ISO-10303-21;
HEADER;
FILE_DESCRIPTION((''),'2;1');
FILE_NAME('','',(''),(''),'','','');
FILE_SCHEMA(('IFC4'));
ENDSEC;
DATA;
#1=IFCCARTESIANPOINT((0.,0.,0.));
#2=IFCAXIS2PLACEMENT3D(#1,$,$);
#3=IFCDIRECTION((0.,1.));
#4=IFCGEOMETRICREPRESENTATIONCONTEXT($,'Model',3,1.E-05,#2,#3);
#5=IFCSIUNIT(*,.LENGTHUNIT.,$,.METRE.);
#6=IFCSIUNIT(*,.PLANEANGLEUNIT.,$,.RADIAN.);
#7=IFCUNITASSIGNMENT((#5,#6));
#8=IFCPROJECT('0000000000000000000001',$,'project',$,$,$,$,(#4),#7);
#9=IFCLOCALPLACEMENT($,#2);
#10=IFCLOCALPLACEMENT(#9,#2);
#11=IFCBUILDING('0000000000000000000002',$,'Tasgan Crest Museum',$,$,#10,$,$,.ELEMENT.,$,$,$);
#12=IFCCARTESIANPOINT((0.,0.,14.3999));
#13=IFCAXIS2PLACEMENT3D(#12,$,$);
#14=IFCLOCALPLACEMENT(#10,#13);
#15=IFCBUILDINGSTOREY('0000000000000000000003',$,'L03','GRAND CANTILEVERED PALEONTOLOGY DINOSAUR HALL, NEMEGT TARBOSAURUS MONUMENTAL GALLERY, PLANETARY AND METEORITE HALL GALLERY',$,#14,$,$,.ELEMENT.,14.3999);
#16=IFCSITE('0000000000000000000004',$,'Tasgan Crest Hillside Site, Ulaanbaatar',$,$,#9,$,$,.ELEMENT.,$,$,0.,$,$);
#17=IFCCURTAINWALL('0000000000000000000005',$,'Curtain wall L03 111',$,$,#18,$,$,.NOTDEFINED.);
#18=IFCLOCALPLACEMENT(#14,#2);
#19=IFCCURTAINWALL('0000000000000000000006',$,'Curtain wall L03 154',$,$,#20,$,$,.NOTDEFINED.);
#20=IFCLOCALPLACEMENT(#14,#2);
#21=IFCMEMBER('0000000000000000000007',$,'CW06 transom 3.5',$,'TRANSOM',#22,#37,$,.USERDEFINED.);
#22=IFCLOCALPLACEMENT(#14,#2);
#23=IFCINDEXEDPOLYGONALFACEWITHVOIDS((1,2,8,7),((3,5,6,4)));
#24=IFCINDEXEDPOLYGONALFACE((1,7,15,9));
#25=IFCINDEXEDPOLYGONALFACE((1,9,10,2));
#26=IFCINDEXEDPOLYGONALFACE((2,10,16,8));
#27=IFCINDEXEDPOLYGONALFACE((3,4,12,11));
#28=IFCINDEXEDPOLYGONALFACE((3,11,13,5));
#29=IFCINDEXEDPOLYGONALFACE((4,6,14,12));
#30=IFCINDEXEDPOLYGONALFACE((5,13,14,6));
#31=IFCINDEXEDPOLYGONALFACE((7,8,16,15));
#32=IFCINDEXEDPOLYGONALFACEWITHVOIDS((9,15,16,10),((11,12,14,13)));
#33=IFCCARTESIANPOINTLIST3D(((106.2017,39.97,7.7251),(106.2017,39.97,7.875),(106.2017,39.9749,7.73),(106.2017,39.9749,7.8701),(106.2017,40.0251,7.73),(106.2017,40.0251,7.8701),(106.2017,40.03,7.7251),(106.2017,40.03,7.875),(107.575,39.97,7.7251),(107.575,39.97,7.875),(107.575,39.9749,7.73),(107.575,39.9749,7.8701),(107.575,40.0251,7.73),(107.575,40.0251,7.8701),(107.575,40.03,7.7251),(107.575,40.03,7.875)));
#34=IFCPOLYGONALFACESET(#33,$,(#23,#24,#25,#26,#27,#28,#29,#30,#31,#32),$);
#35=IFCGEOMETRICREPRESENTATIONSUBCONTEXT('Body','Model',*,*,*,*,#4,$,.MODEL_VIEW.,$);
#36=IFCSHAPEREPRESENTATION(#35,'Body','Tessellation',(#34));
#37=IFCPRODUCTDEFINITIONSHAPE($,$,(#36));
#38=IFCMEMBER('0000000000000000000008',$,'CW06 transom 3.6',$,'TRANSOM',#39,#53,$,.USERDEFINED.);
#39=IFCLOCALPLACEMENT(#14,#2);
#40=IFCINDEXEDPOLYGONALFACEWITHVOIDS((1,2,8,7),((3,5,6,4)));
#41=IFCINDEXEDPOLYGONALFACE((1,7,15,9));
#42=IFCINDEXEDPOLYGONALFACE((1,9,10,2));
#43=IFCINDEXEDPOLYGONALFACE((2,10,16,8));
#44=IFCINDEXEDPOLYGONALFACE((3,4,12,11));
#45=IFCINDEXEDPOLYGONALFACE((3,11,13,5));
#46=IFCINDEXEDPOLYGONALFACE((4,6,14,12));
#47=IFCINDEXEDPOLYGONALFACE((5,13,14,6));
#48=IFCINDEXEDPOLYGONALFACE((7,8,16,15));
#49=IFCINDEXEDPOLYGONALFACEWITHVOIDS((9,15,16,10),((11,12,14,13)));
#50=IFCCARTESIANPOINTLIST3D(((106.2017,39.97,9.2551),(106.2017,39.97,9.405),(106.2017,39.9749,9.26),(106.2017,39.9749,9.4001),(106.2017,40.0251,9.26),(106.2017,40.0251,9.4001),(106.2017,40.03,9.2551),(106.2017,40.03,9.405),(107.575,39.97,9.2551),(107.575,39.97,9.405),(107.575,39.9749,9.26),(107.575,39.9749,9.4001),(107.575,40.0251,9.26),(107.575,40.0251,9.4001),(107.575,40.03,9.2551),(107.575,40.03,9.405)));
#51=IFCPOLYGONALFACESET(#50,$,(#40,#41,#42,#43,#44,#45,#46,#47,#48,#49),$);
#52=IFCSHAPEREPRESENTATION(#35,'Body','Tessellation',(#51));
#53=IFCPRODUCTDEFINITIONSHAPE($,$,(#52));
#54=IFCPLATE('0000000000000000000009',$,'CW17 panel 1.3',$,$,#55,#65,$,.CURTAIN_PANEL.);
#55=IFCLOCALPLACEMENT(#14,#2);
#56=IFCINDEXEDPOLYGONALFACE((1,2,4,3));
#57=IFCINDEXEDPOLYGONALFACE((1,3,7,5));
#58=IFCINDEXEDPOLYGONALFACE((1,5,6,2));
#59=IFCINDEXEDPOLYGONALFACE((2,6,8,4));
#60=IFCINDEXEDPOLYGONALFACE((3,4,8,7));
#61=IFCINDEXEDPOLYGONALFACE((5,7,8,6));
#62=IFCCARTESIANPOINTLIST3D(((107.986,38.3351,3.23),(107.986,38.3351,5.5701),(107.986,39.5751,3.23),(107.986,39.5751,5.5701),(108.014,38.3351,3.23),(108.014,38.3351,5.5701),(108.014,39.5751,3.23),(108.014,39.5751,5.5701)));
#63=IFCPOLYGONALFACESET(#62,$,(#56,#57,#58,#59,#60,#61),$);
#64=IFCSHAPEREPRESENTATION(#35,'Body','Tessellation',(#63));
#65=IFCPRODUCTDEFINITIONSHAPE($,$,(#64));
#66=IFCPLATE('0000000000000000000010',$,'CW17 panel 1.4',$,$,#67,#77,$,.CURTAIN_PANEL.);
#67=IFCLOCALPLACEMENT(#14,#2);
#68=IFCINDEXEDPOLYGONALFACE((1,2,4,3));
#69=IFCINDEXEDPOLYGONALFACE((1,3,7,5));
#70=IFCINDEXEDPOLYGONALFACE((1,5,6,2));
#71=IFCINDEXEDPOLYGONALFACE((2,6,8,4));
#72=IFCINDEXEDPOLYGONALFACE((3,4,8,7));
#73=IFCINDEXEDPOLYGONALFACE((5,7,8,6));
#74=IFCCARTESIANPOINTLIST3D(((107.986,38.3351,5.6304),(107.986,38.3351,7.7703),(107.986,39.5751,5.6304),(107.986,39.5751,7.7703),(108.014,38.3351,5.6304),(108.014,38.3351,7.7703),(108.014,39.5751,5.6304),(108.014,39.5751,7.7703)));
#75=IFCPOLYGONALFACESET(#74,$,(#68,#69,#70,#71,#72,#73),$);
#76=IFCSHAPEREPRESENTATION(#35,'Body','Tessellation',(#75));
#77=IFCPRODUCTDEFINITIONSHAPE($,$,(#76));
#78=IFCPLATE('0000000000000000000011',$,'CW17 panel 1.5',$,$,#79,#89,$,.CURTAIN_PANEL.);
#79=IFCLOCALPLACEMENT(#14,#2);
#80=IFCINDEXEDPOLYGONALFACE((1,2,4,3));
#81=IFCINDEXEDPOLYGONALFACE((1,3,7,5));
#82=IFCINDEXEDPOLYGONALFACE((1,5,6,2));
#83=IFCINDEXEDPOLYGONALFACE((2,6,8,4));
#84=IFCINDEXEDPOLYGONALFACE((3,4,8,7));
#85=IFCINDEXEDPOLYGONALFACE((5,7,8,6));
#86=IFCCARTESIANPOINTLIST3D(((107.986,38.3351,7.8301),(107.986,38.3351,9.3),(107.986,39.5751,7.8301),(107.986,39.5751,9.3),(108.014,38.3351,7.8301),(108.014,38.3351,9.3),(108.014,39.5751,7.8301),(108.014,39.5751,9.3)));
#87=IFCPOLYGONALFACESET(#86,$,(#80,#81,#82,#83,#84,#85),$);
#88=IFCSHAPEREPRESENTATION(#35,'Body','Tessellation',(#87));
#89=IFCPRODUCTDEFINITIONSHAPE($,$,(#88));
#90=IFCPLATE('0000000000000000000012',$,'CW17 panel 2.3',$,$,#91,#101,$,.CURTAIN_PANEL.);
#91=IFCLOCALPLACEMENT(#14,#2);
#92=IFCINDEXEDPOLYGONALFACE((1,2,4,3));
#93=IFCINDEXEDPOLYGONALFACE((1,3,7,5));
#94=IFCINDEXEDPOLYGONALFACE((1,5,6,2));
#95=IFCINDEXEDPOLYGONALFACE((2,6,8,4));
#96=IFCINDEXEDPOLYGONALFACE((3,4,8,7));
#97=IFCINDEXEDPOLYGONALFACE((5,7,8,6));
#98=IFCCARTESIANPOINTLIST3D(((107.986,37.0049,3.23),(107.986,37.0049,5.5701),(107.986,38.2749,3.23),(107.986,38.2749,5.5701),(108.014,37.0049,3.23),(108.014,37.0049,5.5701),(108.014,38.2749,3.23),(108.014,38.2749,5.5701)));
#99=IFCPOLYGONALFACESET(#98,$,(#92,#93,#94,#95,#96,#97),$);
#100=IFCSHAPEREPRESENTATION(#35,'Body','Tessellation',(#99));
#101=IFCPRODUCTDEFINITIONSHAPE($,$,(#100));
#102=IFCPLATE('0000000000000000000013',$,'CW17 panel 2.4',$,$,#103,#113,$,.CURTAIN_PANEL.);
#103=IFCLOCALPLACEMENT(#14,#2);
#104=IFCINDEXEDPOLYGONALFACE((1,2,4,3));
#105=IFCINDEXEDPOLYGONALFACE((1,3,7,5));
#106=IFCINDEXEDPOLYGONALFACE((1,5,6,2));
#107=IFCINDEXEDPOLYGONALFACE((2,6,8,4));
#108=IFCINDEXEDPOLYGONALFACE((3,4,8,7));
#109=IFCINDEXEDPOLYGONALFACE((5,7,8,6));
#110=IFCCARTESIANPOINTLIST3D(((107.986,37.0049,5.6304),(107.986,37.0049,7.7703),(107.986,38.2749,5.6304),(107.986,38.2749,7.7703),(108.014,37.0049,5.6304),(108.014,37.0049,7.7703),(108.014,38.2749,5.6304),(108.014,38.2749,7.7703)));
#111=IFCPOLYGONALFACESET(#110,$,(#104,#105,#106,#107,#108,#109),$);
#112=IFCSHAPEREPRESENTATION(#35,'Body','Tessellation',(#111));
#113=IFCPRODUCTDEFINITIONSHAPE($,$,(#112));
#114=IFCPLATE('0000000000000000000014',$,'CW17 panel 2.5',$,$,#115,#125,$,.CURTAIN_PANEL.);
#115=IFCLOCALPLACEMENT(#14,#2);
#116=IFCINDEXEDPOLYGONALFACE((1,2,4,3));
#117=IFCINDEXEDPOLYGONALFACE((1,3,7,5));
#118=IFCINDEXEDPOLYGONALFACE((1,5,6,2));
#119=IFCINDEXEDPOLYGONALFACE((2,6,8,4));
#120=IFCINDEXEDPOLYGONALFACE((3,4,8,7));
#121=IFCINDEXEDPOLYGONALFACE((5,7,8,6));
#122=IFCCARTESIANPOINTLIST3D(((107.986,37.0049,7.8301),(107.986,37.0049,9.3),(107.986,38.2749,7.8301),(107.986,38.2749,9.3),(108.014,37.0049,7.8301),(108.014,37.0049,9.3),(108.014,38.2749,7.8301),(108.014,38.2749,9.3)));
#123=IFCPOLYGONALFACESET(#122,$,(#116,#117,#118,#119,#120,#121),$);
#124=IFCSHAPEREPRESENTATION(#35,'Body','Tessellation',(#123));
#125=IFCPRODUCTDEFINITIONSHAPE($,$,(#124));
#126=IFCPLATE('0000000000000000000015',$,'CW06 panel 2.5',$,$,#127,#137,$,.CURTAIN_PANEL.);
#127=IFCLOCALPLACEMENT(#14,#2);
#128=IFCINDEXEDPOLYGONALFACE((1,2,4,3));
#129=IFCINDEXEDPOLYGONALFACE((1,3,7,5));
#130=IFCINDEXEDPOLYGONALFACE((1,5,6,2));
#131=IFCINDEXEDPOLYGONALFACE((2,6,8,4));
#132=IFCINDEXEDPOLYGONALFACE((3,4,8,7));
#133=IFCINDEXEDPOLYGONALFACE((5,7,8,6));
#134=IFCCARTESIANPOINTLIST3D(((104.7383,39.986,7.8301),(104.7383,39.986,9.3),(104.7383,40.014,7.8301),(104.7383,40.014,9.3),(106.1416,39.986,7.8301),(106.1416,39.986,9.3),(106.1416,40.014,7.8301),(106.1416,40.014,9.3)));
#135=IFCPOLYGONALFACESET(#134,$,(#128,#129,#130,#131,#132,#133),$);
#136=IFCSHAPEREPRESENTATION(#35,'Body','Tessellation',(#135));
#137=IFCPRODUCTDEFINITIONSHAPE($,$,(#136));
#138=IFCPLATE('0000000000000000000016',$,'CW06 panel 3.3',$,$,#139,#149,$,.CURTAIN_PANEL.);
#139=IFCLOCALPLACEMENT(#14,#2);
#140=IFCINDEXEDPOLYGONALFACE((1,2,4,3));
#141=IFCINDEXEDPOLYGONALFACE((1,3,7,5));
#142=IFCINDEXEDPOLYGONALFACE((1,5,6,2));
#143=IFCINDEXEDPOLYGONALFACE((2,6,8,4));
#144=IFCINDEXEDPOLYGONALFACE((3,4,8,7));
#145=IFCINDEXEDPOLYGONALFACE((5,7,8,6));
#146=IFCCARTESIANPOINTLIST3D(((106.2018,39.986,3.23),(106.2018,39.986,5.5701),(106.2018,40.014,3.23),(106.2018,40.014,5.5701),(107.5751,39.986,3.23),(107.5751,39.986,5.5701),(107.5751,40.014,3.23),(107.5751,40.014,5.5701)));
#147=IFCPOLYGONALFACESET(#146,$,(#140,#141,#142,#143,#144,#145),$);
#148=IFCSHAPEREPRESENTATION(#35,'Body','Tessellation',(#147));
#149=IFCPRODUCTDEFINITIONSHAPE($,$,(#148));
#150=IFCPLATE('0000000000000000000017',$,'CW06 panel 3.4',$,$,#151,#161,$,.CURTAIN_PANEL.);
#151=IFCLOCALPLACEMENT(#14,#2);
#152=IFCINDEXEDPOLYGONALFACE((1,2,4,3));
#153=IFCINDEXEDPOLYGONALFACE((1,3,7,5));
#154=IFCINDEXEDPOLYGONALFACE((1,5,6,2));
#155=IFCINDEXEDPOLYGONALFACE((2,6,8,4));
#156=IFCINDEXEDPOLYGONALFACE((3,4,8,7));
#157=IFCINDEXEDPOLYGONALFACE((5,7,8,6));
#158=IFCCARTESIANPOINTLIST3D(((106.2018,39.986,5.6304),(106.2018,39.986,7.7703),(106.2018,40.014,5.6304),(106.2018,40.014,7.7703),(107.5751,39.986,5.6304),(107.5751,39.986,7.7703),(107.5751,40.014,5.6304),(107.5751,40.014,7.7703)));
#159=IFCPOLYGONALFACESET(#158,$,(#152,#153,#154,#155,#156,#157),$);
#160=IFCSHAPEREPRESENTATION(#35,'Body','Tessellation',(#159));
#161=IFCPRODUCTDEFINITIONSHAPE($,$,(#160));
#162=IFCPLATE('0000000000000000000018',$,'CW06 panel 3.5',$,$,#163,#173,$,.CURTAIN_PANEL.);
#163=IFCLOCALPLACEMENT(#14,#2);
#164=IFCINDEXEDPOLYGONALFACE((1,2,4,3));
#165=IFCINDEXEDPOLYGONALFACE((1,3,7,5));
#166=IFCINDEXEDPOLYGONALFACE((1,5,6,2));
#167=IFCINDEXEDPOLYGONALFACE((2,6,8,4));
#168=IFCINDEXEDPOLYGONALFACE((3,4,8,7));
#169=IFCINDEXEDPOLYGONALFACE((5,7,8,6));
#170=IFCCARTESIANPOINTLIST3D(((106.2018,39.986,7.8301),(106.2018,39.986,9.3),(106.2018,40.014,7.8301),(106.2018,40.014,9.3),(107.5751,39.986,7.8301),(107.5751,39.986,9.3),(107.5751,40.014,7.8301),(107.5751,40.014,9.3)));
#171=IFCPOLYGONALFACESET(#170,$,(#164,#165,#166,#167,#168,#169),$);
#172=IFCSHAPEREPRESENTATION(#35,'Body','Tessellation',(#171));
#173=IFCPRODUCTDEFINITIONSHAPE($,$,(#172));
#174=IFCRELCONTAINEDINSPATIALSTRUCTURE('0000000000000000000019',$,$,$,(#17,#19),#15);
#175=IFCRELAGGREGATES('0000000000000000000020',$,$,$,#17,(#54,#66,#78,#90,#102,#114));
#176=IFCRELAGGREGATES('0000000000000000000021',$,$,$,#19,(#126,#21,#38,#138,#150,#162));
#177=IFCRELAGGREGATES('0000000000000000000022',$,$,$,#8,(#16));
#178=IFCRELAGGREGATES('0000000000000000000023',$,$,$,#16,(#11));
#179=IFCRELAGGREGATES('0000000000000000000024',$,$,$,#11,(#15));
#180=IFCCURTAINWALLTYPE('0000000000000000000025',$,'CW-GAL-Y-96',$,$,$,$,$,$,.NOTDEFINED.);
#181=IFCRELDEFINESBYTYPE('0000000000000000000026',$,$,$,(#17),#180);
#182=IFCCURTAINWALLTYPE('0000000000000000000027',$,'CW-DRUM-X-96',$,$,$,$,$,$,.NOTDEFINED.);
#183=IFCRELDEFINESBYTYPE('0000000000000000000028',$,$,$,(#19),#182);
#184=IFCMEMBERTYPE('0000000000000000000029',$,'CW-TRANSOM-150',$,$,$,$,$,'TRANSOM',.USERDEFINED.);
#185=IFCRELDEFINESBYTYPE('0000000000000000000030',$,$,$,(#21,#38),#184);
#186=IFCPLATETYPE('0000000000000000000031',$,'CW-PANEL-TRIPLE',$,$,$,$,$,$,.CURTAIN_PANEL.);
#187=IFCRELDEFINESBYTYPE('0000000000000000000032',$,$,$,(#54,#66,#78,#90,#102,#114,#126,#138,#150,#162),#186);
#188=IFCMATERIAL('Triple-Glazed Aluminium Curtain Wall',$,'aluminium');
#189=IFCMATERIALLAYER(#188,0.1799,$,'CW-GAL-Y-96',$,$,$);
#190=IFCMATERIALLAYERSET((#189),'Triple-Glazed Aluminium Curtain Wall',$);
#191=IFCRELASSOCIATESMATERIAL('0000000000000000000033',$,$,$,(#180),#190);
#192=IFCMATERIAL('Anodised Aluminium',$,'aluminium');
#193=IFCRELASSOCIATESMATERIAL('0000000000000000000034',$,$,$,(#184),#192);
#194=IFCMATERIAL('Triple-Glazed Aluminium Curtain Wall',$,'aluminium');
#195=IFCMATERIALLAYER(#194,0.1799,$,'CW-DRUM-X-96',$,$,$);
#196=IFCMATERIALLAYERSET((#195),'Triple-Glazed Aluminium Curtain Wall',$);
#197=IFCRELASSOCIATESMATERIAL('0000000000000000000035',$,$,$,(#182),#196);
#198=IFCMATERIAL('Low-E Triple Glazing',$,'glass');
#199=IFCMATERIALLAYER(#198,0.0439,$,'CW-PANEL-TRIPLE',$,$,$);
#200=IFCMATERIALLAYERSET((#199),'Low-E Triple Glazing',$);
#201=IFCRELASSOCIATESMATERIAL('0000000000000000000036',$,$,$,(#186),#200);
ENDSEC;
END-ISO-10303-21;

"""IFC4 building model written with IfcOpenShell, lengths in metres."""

from ifc_helpers import new_model, si_unit, direction, frame, origin, origin_2d, place, context, subcontext, project, spatial, rectangle, hollow_rectangle, extrude, material, layer, layer_set, material_profile, profile_set, type_object, element, aggregate, save


model = new_model("IFC4")

# Units and contexts
model_context = context("Model", 3, precision=1e-05, world=origin(), true_north=direction((0.0, 1.0)))
body_context = subcontext(model_context, "Body", "Model", "MODEL_VIEW")
ifc_project = project(units=[si_unit("LENGTHUNIT", "METRE"), si_unit("PLANEANGLEUNIT", "RADIAN")], contexts=[model_context])

# Site, building, storey
site_placement = place(None, origin())
site = spatial("IfcSite", under=ifc_project, at=site_placement, Name="Tasgan Crest Hillside Site, Ulaanbaatar", CompositionType="ELEMENT", RefElevation=0.0)
building_placement = place(site_placement, origin())
building = spatial("IfcBuilding", under=site, at=building_placement, Name="Tasgan Crest Museum", CompositionType="ELEMENT")
storey_placement = place(building_placement, frame((0.0, 0.0, 14.3999)))
storey = spatial("IfcBuildingStorey", under=building, at=storey_placement, Name="L03", Description="GRAND CANTILEVERED PALEONTOLOGY DINOSAUR HALL, NEMEGT TARBOSAURUS MONUMENTAL GALLERY, PLANETARY AND METEORITE HALL GALLERY", CompositionType="ELEMENT", Elevation=14.3999)

# Curtain walls, members
ifc_material_1 = material(Name="Triple-Glazed Aluminium Curtain Wall", Category="aluminium")
ifc_layer_1 = layer(ifc_material_1, 0.1799, Name="CW-GAL-Y-96")
ifc_layer_set_1 = layer_set([ifc_layer_1], Name="Triple-Glazed Aluminium Curtain Wall")
curtain_wall_type_1 = type_object("IfcCurtainWallType", Name="CW-GAL-Y-96", PredefinedType="NOTDEFINED", material=ifc_layer_set_1)
curtain_wall_1_placement = place(storey_placement, origin())
curtain_wall_1 = element("IfcCurtainWall", 1, at=curtain_wall_1_placement, inside=storey, type_object=curtain_wall_type_1, Name="Curtain wall L03 111", PredefinedType="NOTDEFINED")
ifc_material_2 = material(Name="Anodised Aluminium", Category="aluminium")
ifc_material_profile = material_profile(ifc_material_2, hollow_rectangle(XDim=0.0601, YDim=0.1499, WallThickness=0.0049, at=origin_2d()), Name="ALU TRANSOM 150x60x5")
ifc_profile_set = profile_set([ifc_material_profile], Name="Anodised Aluminium")
member_type = type_object("IfcMemberType", Name="CW-TRANSOM-150", ElementType="TRANSOM", PredefinedType="USERDEFINED", material=ifc_profile_set)
ifc_material_3 = material(Name="Triple-Glazed Aluminium Curtain Wall", Category="aluminium")
ifc_layer_2 = layer(ifc_material_3, 0.1799, Name="CW-DRUM-X-96")
ifc_layer_set_2 = layer_set([ifc_layer_2], Name="Triple-Glazed Aluminium Curtain Wall")
curtain_wall_type_2 = type_object("IfcCurtainWallType", Name="CW-DRUM-X-96", PredefinedType="NOTDEFINED", material=ifc_layer_set_2)
curtain_wall_2_placement = place(storey_placement, origin())
curtain_wall_2 = element("IfcCurtainWall", 2, at=curtain_wall_2_placement, inside=storey, type_object=curtain_wall_type_2, Name="Curtain wall L03 154", PredefinedType="NOTDEFINED")
member_1_placement = place(storey_placement, frame((106.2017, 40.0, 7.8), z_axis=(1.0, 0.0, 0.0), x_axis=(0.0, 1.0, 0.0)))
member_1 = element("IfcMember", 3, at=member_1_placement, type_object=member_type, Name="CW06 transom 3.5", ObjectType="TRANSOM", PredefinedType="USERDEFINED", context=body_context, shape_type="SweptSolid", body=[
    extrude(hollow_rectangle(XDim=0.0601, YDim=0.1499, WallThickness=0.0049, at=origin_2d()), origin(), (0.0, 0.0, 1.0), 1.3733),
])
member_2_placement = place(storey_placement, frame((106.2017, 40.0, 9.3301), z_axis=(1.0, 0.0, 0.0), x_axis=(0.0, 1.0, 0.0)))
member_2 = element("IfcMember", 4, at=member_2_placement, type_object=member_type, Name="CW06 transom 3.6", ObjectType="TRANSOM", PredefinedType="USERDEFINED", context=body_context, shape_type="SweptSolid", body=[
    extrude(hollow_rectangle(XDim=0.0601, YDim=0.1499, WallThickness=0.0049, at=origin_2d()), origin(), (0.0, 0.0, 1.0), 1.3733),
])

# Plates
ifc_material_4 = material(Name="Low-E Triple Glazing", Category="glass")
ifc_layer_3 = layer(ifc_material_4, 0.0439, Name="CW-PANEL-TRIPLE")
ifc_layer_set_3 = layer_set([ifc_layer_3], Name="Low-E Triple Glazing")
plate_type = type_object("IfcPlateType", Name="CW-PANEL-TRIPLE", PredefinedType="CURTAIN_PANEL", material=ifc_layer_set_3)
plate_1_placement = place(storey_placement, frame((108.0, 38.9551, 3.23), z_axis=(0.0, 0.0, 1.0), x_axis=(0.0, -1.0, 0.0)))
plate_1 = element("IfcPlate", 5, at=plate_1_placement, type_object=plate_type, Name="CW17 panel 1.3", PredefinedType="CURTAIN_PANEL", context=body_context, shape_type="SweptSolid", body=[
    extrude(rectangle(XDim=1.24, YDim=0.0281, at=origin_2d()), origin(), (0.0, 0.0, 1.0), 2.3401),
])
plate_2_placement = place(storey_placement, frame((108.0, 38.9551, 5.6304), z_axis=(0.0, 0.0, 1.0), x_axis=(0.0, -1.0, 0.0)))
plate_2 = element("IfcPlate", 6, at=plate_2_placement, type_object=plate_type, Name="CW17 panel 1.4", PredefinedType="CURTAIN_PANEL", context=body_context, shape_type="SweptSolid", body=[
    extrude(rectangle(XDim=1.24, YDim=0.0281, at=origin_2d()), origin(), (0.0, 0.0, 1.0), 2.1399),
])
plate_3_placement = place(storey_placement, frame((108.0, 38.9551, 7.8301), z_axis=(0.0, 0.0, 1.0), x_axis=(0.0, -1.0, 0.0)))
plate_3 = element("IfcPlate", 7, at=plate_3_placement, type_object=plate_type, Name="CW17 panel 1.5", PredefinedType="CURTAIN_PANEL", context=body_context, shape_type="SweptSolid", body=[
    extrude(rectangle(XDim=1.24, YDim=0.0281, at=origin_2d()), origin(), (0.0, 0.0, 1.0), 1.47),
])
plate_4_placement = place(storey_placement, frame((108.0, 37.6399, 3.23), z_axis=(0.0, 0.0, 1.0), x_axis=(0.0, -1.0, 0.0)))
plate_4 = element("IfcPlate", 8, at=plate_4_placement, type_object=plate_type, Name="CW17 panel 2.3", PredefinedType="CURTAIN_PANEL", context=body_context, shape_type="SweptSolid", body=[
    extrude(rectangle(XDim=1.27, YDim=0.0281, at=origin_2d()), origin(), (0.0, 0.0, 1.0), 2.3401),
])
plate_5_placement = place(storey_placement, frame((108.0, 37.6399, 5.6304), z_axis=(0.0, 0.0, 1.0), x_axis=(0.0, -1.0, 0.0)))
plate_5 = element("IfcPlate", 9, at=plate_5_placement, type_object=plate_type, Name="CW17 panel 2.4", PredefinedType="CURTAIN_PANEL", context=body_context, shape_type="SweptSolid", body=[
    extrude(rectangle(XDim=1.27, YDim=0.0281, at=origin_2d()), origin(), (0.0, 0.0, 1.0), 2.1399),
])
plate_6_placement = place(storey_placement, frame((108.0, 37.6399, 7.8301), z_axis=(0.0, 0.0, 1.0), x_axis=(0.0, -1.0, 0.0)))
plate_6 = element("IfcPlate", 10, at=plate_6_placement, type_object=plate_type, Name="CW17 panel 2.5", PredefinedType="CURTAIN_PANEL", context=body_context, shape_type="SweptSolid", body=[
    extrude(rectangle(XDim=1.27, YDim=0.0281, at=origin_2d()), origin(), (0.0, 0.0, 1.0), 1.47),
])
aggregate(curtain_wall_1, [plate_1, plate_2, plate_3, plate_4, plate_5, plate_6])
plate_7_placement = place(storey_placement, frame((105.4399, 40.0, 7.8301), z_axis=(0.0, 0.0, 1.0), x_axis=(1.0, 0.0, 0.0)))
plate_7 = element("IfcPlate", 11, at=plate_7_placement, type_object=plate_type, Name="CW06 panel 2.5", PredefinedType="CURTAIN_PANEL", context=body_context, shape_type="SweptSolid", body=[
    extrude(rectangle(XDim=1.4033, YDim=0.0281, at=origin_2d()), origin(), (0.0, 0.0, 1.0), 1.47),
])
plate_8_placement = place(storey_placement, frame((106.8884, 40.0, 3.23), z_axis=(0.0, 0.0, 1.0), x_axis=(1.0, 0.0, 0.0)))
plate_8 = element("IfcPlate", 12, at=plate_8_placement, type_object=plate_type, Name="CW06 panel 3.3", PredefinedType="CURTAIN_PANEL", context=body_context, shape_type="SweptSolid", body=[
    extrude(rectangle(XDim=1.3733, YDim=0.0281, at=origin_2d()), origin(), (0.0, 0.0, 1.0), 2.3401),
])
plate_9_placement = place(storey_placement, frame((106.8884, 40.0, 5.6304), z_axis=(0.0, 0.0, 1.0), x_axis=(1.0, 0.0, 0.0)))
plate_9 = element("IfcPlate", 13, at=plate_9_placement, type_object=plate_type, Name="CW06 panel 3.4", PredefinedType="CURTAIN_PANEL", context=body_context, shape_type="SweptSolid", body=[
    extrude(rectangle(XDim=1.3733, YDim=0.0281, at=origin_2d()), origin(), (0.0, 0.0, 1.0), 2.1399),
])
plate_10_placement = place(storey_placement, frame((106.8884, 40.0, 7.8301), z_axis=(0.0, 0.0, 1.0), x_axis=(1.0, 0.0, 0.0)))
plate_10 = element("IfcPlate", 14, at=plate_10_placement, type_object=plate_type, Name="CW06 panel 3.5", PredefinedType="CURTAIN_PANEL", context=body_context, shape_type="SweptSolid", body=[
    extrude(rectangle(XDim=1.3733, YDim=0.0281, at=origin_2d()), origin(), (0.0, 0.0, 1.0), 1.47),
])
aggregate(curtain_wall_2, [plate_7, member_1, member_2, plate_8, plate_9, plate_10])

save(model, "model.ifc")
